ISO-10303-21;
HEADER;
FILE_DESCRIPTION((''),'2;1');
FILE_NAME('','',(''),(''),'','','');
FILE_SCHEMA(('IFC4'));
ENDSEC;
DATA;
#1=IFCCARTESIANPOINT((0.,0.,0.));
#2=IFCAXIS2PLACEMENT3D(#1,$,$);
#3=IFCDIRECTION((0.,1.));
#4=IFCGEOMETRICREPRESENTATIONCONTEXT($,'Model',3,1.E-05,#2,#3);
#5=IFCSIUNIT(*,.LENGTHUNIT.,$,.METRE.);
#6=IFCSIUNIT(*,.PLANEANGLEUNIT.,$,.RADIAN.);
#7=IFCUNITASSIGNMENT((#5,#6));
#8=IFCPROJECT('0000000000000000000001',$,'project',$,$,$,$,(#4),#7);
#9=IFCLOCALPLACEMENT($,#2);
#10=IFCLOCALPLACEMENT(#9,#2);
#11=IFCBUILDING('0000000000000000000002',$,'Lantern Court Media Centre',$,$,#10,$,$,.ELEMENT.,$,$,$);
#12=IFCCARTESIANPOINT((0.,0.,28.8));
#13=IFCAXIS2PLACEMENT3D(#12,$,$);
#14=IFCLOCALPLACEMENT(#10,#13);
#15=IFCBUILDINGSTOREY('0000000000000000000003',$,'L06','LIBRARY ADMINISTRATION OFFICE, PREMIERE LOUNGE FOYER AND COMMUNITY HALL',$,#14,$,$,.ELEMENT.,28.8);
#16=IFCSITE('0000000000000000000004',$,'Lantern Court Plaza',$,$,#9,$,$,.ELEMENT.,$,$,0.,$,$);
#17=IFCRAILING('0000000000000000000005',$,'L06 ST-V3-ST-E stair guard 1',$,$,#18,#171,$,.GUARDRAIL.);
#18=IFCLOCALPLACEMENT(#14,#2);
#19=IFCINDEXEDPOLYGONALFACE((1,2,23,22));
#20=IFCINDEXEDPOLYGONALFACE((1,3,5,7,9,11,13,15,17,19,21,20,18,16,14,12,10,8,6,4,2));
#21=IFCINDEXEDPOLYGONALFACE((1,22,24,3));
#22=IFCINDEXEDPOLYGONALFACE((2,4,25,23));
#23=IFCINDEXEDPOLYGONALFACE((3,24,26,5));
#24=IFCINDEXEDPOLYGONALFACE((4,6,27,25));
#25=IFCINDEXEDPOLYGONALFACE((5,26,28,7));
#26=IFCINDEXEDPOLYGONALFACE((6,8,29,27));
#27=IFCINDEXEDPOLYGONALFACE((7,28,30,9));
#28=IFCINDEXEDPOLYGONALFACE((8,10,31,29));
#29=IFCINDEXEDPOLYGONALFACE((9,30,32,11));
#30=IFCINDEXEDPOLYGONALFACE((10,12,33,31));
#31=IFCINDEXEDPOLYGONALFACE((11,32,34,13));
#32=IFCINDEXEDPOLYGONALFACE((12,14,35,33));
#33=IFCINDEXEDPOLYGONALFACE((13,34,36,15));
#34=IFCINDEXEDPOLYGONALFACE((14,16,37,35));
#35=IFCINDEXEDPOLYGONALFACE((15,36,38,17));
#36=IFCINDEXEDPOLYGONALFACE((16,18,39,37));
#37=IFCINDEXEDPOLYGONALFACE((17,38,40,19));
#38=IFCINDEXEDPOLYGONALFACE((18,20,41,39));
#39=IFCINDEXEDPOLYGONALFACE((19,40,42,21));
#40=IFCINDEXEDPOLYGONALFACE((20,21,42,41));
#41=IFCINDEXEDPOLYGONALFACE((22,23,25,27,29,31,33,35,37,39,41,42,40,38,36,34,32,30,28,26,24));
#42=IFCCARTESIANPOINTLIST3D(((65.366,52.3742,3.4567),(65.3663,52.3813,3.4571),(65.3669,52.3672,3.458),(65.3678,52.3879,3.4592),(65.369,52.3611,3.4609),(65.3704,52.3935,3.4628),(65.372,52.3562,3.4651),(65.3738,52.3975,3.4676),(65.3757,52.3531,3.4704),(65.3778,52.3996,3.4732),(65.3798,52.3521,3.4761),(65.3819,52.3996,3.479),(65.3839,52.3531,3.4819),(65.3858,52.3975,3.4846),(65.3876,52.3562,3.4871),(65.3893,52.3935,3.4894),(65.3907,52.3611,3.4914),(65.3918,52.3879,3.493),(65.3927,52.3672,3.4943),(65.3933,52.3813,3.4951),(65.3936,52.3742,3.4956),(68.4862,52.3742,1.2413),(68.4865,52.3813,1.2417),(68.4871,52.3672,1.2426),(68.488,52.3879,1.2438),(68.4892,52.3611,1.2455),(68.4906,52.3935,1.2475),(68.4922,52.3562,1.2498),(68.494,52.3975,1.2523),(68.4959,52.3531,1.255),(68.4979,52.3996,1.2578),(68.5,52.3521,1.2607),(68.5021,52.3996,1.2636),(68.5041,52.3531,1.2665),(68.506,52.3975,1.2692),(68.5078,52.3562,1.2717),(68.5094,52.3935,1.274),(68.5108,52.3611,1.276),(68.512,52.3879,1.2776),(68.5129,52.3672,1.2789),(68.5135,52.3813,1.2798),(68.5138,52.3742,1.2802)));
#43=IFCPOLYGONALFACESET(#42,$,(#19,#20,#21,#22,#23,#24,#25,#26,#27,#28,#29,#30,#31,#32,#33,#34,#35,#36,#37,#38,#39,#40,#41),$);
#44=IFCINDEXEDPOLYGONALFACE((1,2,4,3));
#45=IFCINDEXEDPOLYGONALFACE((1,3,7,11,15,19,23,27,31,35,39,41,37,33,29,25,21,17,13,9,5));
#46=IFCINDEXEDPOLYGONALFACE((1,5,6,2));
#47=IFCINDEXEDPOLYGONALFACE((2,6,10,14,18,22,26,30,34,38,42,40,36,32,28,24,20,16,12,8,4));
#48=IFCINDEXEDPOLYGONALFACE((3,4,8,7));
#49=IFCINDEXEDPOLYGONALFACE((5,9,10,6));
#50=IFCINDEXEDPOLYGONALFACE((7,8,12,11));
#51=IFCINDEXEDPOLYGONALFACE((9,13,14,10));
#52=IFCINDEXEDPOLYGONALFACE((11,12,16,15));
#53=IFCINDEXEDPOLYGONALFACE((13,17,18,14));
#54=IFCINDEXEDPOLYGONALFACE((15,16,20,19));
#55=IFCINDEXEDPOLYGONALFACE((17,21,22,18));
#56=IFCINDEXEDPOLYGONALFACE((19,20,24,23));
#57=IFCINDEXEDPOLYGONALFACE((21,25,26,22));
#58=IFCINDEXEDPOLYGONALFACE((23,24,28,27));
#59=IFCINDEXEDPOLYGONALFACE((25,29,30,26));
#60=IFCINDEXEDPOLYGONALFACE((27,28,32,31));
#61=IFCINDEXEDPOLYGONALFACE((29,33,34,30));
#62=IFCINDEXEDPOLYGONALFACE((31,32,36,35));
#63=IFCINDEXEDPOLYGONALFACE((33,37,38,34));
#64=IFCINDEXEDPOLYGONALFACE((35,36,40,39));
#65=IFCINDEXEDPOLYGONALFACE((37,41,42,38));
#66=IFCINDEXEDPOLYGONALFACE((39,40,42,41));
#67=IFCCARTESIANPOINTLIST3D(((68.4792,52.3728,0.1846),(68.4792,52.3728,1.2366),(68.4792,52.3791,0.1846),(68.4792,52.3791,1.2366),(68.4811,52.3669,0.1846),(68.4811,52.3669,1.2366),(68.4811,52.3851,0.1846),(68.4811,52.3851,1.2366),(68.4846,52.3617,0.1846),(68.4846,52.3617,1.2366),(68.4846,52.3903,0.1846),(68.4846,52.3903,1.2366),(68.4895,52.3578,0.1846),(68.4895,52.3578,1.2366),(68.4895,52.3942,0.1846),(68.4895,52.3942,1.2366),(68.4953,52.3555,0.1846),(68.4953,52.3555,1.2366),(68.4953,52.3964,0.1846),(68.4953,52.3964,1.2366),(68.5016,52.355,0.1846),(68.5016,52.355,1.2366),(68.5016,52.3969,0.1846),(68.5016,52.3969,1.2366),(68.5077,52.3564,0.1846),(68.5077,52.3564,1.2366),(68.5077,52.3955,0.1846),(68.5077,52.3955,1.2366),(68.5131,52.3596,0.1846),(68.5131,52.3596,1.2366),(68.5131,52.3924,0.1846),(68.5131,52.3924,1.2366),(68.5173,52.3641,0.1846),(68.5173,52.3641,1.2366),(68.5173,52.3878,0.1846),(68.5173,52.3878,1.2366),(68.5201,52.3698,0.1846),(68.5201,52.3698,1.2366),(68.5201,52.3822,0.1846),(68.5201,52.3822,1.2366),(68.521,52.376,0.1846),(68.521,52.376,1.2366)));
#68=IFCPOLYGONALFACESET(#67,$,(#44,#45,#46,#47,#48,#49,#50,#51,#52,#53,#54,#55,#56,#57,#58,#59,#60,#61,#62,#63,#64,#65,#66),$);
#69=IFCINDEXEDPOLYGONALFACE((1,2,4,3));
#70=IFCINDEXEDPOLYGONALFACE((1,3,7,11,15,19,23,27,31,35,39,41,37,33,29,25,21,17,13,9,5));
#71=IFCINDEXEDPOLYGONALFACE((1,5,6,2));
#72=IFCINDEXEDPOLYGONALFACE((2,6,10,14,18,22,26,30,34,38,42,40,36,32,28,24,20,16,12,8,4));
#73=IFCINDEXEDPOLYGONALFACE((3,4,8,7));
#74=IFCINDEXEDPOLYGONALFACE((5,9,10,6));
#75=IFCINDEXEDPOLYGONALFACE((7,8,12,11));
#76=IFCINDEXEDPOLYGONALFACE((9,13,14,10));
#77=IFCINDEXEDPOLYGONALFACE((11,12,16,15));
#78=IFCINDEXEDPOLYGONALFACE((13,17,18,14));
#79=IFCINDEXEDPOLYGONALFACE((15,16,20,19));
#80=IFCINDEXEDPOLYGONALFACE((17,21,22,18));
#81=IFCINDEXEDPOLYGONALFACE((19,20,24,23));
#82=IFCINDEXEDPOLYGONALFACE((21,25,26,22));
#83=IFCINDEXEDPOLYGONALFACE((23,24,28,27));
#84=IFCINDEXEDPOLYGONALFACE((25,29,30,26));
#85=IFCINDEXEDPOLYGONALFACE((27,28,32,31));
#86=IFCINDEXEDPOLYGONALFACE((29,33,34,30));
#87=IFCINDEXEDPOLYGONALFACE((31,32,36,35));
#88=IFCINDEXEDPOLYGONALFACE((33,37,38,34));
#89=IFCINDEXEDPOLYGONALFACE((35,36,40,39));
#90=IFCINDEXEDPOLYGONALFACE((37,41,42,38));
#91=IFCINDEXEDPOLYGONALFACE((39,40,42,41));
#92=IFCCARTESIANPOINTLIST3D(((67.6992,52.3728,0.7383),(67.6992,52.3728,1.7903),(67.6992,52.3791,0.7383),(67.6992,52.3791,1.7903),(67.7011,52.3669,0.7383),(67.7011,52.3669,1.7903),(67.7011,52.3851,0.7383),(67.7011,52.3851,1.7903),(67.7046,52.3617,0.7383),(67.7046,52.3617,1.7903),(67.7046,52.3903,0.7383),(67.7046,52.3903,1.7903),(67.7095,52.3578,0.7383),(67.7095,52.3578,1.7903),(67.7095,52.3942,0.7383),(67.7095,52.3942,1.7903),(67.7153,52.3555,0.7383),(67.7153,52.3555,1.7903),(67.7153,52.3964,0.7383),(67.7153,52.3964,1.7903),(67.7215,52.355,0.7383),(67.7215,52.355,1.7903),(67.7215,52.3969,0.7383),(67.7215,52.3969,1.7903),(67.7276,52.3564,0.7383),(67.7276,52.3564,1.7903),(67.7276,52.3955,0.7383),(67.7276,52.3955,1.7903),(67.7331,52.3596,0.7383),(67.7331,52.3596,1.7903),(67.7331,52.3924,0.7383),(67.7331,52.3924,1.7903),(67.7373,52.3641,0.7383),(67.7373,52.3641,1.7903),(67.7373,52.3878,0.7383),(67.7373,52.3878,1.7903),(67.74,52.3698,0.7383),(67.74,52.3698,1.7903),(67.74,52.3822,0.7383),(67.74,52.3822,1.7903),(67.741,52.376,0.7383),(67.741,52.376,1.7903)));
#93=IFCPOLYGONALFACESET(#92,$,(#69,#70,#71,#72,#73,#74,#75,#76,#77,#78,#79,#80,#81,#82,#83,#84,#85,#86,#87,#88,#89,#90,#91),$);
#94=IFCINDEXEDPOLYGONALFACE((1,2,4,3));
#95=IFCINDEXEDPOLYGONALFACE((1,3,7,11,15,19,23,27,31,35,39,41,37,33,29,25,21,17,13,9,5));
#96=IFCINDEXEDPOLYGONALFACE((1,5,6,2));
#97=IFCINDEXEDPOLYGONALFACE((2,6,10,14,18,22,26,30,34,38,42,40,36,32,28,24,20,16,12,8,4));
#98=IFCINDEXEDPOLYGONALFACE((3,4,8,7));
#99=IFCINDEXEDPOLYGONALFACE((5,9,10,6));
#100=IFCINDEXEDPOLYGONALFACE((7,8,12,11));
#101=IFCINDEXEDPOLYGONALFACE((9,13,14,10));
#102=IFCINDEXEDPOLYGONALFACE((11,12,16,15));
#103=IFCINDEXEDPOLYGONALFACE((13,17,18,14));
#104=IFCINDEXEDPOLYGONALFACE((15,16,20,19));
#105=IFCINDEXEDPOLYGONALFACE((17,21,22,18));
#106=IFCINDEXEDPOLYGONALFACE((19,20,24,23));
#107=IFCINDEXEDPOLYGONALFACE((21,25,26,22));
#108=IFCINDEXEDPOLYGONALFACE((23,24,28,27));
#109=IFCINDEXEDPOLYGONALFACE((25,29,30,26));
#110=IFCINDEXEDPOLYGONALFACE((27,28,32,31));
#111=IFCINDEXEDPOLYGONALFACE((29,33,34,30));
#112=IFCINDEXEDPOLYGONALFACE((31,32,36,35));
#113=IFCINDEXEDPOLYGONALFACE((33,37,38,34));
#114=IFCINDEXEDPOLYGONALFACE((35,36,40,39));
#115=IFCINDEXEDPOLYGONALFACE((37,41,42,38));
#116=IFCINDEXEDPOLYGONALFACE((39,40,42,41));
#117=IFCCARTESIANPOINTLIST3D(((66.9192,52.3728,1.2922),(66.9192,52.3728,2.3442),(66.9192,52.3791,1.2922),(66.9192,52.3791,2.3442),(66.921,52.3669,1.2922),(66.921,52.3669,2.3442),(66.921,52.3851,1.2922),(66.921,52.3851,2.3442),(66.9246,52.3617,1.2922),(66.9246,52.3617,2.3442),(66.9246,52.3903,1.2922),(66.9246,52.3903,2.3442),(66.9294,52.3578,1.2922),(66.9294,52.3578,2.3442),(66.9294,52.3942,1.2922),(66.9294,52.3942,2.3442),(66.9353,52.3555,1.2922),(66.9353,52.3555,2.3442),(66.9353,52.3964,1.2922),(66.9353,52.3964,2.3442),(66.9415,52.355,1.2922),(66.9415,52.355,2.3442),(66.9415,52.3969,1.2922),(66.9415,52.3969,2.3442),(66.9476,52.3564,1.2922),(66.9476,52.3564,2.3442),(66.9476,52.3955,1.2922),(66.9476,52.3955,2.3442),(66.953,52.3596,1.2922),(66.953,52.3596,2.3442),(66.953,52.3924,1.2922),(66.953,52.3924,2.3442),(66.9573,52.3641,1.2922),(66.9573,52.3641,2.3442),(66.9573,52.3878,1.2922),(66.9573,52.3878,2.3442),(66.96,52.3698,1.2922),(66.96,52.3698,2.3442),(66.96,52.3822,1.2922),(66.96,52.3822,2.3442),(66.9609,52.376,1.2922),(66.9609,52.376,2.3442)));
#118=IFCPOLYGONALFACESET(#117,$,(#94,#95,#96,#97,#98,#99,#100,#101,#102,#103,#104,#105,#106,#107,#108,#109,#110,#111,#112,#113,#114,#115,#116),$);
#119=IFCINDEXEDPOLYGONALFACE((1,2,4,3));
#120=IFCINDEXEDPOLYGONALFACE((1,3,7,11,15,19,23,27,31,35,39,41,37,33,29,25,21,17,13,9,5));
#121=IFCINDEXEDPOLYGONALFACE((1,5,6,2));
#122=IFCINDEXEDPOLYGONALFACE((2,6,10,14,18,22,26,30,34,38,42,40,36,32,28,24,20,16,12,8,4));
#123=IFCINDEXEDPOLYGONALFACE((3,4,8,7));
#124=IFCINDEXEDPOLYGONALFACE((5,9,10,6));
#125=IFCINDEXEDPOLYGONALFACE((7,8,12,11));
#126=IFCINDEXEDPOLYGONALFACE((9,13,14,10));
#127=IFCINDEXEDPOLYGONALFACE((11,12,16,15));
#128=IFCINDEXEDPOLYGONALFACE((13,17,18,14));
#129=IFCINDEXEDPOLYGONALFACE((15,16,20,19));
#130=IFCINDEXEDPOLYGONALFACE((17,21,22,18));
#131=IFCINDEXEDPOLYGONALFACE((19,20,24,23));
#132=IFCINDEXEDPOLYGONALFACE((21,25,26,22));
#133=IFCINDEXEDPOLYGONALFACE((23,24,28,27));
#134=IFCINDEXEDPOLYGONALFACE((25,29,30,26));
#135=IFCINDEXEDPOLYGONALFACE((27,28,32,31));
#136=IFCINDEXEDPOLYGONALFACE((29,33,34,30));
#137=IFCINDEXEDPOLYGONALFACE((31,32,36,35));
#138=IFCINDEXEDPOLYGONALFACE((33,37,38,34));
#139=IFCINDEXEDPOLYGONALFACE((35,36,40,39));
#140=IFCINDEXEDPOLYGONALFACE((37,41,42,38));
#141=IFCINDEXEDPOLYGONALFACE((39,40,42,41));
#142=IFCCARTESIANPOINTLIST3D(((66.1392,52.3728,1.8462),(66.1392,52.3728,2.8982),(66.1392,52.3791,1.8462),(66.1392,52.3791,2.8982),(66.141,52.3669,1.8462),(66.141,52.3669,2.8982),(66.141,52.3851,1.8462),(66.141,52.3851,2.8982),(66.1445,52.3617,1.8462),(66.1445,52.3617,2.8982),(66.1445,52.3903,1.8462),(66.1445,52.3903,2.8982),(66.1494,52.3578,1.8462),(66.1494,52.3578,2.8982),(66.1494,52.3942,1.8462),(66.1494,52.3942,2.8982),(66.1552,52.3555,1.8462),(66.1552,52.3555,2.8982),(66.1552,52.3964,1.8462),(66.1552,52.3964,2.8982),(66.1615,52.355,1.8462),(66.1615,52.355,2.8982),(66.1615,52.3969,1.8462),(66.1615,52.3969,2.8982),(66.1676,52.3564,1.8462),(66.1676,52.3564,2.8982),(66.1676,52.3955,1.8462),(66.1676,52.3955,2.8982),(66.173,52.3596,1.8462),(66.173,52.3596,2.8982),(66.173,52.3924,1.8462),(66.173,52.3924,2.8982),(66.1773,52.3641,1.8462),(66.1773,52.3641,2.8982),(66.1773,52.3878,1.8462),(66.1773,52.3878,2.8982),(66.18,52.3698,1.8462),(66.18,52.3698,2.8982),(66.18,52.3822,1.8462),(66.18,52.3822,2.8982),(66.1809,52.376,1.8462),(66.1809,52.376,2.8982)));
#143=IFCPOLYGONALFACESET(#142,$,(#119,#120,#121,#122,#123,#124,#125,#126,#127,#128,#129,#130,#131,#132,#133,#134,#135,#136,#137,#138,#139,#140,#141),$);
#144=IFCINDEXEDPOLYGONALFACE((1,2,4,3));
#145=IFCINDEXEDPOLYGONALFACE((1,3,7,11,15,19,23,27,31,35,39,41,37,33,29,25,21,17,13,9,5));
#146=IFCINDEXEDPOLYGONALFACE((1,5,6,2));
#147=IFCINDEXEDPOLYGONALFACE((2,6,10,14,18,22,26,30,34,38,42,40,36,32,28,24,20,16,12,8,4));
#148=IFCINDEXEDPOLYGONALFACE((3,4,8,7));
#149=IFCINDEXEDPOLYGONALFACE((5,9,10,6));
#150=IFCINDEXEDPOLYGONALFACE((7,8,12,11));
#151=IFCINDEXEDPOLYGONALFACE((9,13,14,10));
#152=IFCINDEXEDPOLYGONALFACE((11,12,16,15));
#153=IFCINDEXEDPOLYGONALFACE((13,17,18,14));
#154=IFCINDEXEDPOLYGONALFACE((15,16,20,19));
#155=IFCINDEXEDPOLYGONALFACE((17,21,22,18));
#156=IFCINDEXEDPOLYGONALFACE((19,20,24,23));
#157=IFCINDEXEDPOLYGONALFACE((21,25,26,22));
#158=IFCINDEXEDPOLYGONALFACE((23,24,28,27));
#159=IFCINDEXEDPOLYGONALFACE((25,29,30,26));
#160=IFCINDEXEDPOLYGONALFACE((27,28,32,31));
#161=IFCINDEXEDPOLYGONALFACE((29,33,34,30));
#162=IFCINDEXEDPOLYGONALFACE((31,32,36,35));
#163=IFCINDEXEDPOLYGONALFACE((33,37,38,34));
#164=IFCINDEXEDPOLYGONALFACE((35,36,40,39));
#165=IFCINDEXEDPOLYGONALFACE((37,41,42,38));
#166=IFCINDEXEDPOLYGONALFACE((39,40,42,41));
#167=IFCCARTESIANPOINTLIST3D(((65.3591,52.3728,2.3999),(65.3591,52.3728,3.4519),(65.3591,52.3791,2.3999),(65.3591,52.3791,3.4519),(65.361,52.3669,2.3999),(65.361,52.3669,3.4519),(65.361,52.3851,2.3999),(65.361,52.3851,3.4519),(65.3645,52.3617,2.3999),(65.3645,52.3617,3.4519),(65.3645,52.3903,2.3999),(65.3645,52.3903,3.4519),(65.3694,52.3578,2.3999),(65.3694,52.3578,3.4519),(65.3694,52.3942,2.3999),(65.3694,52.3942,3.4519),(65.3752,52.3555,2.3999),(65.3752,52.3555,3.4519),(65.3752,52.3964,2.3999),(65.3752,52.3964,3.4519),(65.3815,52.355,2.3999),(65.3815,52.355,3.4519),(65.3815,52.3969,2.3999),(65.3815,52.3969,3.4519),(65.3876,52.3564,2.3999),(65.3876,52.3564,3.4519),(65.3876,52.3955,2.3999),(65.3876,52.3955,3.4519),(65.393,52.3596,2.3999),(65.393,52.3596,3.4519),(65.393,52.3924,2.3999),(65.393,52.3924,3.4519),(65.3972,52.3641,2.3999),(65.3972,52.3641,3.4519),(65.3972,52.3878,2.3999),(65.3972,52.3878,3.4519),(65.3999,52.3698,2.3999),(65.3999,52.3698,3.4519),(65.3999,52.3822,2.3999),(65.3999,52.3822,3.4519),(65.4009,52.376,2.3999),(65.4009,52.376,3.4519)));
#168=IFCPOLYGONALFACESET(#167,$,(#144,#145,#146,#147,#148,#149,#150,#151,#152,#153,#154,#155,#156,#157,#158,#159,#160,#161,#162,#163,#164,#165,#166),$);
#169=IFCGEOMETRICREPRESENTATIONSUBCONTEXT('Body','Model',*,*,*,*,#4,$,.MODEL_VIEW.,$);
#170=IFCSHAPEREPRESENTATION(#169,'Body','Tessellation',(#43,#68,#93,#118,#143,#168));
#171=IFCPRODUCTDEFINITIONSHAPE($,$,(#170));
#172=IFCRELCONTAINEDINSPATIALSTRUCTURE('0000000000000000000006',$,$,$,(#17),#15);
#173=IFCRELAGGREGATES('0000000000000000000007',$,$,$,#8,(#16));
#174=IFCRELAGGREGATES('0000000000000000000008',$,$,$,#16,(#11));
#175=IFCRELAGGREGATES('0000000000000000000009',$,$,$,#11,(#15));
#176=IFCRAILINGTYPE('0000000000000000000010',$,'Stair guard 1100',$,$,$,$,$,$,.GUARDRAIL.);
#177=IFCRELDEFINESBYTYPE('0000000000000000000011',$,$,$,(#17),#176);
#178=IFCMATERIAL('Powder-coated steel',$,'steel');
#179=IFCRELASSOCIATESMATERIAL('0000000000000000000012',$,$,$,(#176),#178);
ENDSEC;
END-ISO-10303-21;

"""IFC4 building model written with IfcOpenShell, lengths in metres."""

from ifc_helpers import new_model, si_unit, direction, frame, origin, origin_2d, place, context, subcontext, project, spatial, circle, extrude, material, type_object, element, save


model = new_model("IFC4")

# Units and contexts
model_context = context("Model", 3, precision=1e-05, world=origin(), true_north=direction((0.0, 1.0)))
body_context = subcontext(model_context, "Body", "Model", "MODEL_VIEW")
ifc_project = project(units=[si_unit("LENGTHUNIT", "METRE"), si_unit("PLANEANGLEUNIT", "RADIAN")], contexts=[model_context])

# Site, building, storey
site_placement = place(None, origin())
site = spatial("IfcSite", under=ifc_project, at=site_placement, Name="Lantern Court Plaza", CompositionType="ELEMENT", RefElevation=0.0)
building_placement = place(site_placement, origin())
building = spatial("IfcBuilding", under=site, at=building_placement, Name="Lantern Court Media Centre", CompositionType="ELEMENT")
storey_placement = place(building_placement, frame((0.0, 0.0, 28.8)))
storey = spatial("IfcBuildingStorey", under=building, at=storey_placement, Name="L06", Description="LIBRARY ADMINISTRATION OFFICE, PREMIERE LOUNGE FOYER AND COMMUNITY HALL", CompositionType="ELEMENT", Elevation=28.8)

# Railing
ifc_material_1 = material(Name="Powder-coated steel", Category="steel")
railing_type_1 = type_object("IfcRailingType", Name="Stair guard 1100", PredefinedType="GUARDRAIL", material=ifc_material_1)
railing_1_placement = place(storey_placement, frame((68.5, 52.376, 0.1846)))
element("IfcRailing", 1, at=railing_1_placement, inside=storey, type_object=railing_type_1, Name="L06 ST-V3-ST-E stair guard 1", PredefinedType="GUARDRAIL", context=body_context, shape_type="SweptSolid", body=[
    extrude(circle(Radius=0.0239, at=origin_2d()), frame((0.0, 0.0, 1.0762), z_axis=(-0.815377, 0.0, 0.57893), x_axis=(0.0, -1.0, 0.0)), (0.0, 0.0, 1.0), 3.8267),
    extrude(circle(Radius=0.021, at=origin_2d()), origin(), (0.0, 0.0, 1.0), 1.052),
    extrude(circle(Radius=0.021, at=origin_2d()), frame((-0.78, 0.0, 0.5537)), (0.0, 0.0, 1.0), 1.052),
    extrude(circle(Radius=0.021, at=origin_2d()), frame((-1.5601, 0.0, 1.1077)), (0.0, 0.0, 1.0), 1.052),
    extrude(circle(Radius=0.021, at=origin_2d()), frame((-2.3401, 0.0, 1.6616)), (0.0, 0.0, 1.0), 1.052),
    extrude(circle(Radius=0.021, at=origin_2d()), frame((-3.1201, 0.0, 2.2153)), (0.0, 0.0, 1.0), 1.052),
])

save(model, "model.ifc")
